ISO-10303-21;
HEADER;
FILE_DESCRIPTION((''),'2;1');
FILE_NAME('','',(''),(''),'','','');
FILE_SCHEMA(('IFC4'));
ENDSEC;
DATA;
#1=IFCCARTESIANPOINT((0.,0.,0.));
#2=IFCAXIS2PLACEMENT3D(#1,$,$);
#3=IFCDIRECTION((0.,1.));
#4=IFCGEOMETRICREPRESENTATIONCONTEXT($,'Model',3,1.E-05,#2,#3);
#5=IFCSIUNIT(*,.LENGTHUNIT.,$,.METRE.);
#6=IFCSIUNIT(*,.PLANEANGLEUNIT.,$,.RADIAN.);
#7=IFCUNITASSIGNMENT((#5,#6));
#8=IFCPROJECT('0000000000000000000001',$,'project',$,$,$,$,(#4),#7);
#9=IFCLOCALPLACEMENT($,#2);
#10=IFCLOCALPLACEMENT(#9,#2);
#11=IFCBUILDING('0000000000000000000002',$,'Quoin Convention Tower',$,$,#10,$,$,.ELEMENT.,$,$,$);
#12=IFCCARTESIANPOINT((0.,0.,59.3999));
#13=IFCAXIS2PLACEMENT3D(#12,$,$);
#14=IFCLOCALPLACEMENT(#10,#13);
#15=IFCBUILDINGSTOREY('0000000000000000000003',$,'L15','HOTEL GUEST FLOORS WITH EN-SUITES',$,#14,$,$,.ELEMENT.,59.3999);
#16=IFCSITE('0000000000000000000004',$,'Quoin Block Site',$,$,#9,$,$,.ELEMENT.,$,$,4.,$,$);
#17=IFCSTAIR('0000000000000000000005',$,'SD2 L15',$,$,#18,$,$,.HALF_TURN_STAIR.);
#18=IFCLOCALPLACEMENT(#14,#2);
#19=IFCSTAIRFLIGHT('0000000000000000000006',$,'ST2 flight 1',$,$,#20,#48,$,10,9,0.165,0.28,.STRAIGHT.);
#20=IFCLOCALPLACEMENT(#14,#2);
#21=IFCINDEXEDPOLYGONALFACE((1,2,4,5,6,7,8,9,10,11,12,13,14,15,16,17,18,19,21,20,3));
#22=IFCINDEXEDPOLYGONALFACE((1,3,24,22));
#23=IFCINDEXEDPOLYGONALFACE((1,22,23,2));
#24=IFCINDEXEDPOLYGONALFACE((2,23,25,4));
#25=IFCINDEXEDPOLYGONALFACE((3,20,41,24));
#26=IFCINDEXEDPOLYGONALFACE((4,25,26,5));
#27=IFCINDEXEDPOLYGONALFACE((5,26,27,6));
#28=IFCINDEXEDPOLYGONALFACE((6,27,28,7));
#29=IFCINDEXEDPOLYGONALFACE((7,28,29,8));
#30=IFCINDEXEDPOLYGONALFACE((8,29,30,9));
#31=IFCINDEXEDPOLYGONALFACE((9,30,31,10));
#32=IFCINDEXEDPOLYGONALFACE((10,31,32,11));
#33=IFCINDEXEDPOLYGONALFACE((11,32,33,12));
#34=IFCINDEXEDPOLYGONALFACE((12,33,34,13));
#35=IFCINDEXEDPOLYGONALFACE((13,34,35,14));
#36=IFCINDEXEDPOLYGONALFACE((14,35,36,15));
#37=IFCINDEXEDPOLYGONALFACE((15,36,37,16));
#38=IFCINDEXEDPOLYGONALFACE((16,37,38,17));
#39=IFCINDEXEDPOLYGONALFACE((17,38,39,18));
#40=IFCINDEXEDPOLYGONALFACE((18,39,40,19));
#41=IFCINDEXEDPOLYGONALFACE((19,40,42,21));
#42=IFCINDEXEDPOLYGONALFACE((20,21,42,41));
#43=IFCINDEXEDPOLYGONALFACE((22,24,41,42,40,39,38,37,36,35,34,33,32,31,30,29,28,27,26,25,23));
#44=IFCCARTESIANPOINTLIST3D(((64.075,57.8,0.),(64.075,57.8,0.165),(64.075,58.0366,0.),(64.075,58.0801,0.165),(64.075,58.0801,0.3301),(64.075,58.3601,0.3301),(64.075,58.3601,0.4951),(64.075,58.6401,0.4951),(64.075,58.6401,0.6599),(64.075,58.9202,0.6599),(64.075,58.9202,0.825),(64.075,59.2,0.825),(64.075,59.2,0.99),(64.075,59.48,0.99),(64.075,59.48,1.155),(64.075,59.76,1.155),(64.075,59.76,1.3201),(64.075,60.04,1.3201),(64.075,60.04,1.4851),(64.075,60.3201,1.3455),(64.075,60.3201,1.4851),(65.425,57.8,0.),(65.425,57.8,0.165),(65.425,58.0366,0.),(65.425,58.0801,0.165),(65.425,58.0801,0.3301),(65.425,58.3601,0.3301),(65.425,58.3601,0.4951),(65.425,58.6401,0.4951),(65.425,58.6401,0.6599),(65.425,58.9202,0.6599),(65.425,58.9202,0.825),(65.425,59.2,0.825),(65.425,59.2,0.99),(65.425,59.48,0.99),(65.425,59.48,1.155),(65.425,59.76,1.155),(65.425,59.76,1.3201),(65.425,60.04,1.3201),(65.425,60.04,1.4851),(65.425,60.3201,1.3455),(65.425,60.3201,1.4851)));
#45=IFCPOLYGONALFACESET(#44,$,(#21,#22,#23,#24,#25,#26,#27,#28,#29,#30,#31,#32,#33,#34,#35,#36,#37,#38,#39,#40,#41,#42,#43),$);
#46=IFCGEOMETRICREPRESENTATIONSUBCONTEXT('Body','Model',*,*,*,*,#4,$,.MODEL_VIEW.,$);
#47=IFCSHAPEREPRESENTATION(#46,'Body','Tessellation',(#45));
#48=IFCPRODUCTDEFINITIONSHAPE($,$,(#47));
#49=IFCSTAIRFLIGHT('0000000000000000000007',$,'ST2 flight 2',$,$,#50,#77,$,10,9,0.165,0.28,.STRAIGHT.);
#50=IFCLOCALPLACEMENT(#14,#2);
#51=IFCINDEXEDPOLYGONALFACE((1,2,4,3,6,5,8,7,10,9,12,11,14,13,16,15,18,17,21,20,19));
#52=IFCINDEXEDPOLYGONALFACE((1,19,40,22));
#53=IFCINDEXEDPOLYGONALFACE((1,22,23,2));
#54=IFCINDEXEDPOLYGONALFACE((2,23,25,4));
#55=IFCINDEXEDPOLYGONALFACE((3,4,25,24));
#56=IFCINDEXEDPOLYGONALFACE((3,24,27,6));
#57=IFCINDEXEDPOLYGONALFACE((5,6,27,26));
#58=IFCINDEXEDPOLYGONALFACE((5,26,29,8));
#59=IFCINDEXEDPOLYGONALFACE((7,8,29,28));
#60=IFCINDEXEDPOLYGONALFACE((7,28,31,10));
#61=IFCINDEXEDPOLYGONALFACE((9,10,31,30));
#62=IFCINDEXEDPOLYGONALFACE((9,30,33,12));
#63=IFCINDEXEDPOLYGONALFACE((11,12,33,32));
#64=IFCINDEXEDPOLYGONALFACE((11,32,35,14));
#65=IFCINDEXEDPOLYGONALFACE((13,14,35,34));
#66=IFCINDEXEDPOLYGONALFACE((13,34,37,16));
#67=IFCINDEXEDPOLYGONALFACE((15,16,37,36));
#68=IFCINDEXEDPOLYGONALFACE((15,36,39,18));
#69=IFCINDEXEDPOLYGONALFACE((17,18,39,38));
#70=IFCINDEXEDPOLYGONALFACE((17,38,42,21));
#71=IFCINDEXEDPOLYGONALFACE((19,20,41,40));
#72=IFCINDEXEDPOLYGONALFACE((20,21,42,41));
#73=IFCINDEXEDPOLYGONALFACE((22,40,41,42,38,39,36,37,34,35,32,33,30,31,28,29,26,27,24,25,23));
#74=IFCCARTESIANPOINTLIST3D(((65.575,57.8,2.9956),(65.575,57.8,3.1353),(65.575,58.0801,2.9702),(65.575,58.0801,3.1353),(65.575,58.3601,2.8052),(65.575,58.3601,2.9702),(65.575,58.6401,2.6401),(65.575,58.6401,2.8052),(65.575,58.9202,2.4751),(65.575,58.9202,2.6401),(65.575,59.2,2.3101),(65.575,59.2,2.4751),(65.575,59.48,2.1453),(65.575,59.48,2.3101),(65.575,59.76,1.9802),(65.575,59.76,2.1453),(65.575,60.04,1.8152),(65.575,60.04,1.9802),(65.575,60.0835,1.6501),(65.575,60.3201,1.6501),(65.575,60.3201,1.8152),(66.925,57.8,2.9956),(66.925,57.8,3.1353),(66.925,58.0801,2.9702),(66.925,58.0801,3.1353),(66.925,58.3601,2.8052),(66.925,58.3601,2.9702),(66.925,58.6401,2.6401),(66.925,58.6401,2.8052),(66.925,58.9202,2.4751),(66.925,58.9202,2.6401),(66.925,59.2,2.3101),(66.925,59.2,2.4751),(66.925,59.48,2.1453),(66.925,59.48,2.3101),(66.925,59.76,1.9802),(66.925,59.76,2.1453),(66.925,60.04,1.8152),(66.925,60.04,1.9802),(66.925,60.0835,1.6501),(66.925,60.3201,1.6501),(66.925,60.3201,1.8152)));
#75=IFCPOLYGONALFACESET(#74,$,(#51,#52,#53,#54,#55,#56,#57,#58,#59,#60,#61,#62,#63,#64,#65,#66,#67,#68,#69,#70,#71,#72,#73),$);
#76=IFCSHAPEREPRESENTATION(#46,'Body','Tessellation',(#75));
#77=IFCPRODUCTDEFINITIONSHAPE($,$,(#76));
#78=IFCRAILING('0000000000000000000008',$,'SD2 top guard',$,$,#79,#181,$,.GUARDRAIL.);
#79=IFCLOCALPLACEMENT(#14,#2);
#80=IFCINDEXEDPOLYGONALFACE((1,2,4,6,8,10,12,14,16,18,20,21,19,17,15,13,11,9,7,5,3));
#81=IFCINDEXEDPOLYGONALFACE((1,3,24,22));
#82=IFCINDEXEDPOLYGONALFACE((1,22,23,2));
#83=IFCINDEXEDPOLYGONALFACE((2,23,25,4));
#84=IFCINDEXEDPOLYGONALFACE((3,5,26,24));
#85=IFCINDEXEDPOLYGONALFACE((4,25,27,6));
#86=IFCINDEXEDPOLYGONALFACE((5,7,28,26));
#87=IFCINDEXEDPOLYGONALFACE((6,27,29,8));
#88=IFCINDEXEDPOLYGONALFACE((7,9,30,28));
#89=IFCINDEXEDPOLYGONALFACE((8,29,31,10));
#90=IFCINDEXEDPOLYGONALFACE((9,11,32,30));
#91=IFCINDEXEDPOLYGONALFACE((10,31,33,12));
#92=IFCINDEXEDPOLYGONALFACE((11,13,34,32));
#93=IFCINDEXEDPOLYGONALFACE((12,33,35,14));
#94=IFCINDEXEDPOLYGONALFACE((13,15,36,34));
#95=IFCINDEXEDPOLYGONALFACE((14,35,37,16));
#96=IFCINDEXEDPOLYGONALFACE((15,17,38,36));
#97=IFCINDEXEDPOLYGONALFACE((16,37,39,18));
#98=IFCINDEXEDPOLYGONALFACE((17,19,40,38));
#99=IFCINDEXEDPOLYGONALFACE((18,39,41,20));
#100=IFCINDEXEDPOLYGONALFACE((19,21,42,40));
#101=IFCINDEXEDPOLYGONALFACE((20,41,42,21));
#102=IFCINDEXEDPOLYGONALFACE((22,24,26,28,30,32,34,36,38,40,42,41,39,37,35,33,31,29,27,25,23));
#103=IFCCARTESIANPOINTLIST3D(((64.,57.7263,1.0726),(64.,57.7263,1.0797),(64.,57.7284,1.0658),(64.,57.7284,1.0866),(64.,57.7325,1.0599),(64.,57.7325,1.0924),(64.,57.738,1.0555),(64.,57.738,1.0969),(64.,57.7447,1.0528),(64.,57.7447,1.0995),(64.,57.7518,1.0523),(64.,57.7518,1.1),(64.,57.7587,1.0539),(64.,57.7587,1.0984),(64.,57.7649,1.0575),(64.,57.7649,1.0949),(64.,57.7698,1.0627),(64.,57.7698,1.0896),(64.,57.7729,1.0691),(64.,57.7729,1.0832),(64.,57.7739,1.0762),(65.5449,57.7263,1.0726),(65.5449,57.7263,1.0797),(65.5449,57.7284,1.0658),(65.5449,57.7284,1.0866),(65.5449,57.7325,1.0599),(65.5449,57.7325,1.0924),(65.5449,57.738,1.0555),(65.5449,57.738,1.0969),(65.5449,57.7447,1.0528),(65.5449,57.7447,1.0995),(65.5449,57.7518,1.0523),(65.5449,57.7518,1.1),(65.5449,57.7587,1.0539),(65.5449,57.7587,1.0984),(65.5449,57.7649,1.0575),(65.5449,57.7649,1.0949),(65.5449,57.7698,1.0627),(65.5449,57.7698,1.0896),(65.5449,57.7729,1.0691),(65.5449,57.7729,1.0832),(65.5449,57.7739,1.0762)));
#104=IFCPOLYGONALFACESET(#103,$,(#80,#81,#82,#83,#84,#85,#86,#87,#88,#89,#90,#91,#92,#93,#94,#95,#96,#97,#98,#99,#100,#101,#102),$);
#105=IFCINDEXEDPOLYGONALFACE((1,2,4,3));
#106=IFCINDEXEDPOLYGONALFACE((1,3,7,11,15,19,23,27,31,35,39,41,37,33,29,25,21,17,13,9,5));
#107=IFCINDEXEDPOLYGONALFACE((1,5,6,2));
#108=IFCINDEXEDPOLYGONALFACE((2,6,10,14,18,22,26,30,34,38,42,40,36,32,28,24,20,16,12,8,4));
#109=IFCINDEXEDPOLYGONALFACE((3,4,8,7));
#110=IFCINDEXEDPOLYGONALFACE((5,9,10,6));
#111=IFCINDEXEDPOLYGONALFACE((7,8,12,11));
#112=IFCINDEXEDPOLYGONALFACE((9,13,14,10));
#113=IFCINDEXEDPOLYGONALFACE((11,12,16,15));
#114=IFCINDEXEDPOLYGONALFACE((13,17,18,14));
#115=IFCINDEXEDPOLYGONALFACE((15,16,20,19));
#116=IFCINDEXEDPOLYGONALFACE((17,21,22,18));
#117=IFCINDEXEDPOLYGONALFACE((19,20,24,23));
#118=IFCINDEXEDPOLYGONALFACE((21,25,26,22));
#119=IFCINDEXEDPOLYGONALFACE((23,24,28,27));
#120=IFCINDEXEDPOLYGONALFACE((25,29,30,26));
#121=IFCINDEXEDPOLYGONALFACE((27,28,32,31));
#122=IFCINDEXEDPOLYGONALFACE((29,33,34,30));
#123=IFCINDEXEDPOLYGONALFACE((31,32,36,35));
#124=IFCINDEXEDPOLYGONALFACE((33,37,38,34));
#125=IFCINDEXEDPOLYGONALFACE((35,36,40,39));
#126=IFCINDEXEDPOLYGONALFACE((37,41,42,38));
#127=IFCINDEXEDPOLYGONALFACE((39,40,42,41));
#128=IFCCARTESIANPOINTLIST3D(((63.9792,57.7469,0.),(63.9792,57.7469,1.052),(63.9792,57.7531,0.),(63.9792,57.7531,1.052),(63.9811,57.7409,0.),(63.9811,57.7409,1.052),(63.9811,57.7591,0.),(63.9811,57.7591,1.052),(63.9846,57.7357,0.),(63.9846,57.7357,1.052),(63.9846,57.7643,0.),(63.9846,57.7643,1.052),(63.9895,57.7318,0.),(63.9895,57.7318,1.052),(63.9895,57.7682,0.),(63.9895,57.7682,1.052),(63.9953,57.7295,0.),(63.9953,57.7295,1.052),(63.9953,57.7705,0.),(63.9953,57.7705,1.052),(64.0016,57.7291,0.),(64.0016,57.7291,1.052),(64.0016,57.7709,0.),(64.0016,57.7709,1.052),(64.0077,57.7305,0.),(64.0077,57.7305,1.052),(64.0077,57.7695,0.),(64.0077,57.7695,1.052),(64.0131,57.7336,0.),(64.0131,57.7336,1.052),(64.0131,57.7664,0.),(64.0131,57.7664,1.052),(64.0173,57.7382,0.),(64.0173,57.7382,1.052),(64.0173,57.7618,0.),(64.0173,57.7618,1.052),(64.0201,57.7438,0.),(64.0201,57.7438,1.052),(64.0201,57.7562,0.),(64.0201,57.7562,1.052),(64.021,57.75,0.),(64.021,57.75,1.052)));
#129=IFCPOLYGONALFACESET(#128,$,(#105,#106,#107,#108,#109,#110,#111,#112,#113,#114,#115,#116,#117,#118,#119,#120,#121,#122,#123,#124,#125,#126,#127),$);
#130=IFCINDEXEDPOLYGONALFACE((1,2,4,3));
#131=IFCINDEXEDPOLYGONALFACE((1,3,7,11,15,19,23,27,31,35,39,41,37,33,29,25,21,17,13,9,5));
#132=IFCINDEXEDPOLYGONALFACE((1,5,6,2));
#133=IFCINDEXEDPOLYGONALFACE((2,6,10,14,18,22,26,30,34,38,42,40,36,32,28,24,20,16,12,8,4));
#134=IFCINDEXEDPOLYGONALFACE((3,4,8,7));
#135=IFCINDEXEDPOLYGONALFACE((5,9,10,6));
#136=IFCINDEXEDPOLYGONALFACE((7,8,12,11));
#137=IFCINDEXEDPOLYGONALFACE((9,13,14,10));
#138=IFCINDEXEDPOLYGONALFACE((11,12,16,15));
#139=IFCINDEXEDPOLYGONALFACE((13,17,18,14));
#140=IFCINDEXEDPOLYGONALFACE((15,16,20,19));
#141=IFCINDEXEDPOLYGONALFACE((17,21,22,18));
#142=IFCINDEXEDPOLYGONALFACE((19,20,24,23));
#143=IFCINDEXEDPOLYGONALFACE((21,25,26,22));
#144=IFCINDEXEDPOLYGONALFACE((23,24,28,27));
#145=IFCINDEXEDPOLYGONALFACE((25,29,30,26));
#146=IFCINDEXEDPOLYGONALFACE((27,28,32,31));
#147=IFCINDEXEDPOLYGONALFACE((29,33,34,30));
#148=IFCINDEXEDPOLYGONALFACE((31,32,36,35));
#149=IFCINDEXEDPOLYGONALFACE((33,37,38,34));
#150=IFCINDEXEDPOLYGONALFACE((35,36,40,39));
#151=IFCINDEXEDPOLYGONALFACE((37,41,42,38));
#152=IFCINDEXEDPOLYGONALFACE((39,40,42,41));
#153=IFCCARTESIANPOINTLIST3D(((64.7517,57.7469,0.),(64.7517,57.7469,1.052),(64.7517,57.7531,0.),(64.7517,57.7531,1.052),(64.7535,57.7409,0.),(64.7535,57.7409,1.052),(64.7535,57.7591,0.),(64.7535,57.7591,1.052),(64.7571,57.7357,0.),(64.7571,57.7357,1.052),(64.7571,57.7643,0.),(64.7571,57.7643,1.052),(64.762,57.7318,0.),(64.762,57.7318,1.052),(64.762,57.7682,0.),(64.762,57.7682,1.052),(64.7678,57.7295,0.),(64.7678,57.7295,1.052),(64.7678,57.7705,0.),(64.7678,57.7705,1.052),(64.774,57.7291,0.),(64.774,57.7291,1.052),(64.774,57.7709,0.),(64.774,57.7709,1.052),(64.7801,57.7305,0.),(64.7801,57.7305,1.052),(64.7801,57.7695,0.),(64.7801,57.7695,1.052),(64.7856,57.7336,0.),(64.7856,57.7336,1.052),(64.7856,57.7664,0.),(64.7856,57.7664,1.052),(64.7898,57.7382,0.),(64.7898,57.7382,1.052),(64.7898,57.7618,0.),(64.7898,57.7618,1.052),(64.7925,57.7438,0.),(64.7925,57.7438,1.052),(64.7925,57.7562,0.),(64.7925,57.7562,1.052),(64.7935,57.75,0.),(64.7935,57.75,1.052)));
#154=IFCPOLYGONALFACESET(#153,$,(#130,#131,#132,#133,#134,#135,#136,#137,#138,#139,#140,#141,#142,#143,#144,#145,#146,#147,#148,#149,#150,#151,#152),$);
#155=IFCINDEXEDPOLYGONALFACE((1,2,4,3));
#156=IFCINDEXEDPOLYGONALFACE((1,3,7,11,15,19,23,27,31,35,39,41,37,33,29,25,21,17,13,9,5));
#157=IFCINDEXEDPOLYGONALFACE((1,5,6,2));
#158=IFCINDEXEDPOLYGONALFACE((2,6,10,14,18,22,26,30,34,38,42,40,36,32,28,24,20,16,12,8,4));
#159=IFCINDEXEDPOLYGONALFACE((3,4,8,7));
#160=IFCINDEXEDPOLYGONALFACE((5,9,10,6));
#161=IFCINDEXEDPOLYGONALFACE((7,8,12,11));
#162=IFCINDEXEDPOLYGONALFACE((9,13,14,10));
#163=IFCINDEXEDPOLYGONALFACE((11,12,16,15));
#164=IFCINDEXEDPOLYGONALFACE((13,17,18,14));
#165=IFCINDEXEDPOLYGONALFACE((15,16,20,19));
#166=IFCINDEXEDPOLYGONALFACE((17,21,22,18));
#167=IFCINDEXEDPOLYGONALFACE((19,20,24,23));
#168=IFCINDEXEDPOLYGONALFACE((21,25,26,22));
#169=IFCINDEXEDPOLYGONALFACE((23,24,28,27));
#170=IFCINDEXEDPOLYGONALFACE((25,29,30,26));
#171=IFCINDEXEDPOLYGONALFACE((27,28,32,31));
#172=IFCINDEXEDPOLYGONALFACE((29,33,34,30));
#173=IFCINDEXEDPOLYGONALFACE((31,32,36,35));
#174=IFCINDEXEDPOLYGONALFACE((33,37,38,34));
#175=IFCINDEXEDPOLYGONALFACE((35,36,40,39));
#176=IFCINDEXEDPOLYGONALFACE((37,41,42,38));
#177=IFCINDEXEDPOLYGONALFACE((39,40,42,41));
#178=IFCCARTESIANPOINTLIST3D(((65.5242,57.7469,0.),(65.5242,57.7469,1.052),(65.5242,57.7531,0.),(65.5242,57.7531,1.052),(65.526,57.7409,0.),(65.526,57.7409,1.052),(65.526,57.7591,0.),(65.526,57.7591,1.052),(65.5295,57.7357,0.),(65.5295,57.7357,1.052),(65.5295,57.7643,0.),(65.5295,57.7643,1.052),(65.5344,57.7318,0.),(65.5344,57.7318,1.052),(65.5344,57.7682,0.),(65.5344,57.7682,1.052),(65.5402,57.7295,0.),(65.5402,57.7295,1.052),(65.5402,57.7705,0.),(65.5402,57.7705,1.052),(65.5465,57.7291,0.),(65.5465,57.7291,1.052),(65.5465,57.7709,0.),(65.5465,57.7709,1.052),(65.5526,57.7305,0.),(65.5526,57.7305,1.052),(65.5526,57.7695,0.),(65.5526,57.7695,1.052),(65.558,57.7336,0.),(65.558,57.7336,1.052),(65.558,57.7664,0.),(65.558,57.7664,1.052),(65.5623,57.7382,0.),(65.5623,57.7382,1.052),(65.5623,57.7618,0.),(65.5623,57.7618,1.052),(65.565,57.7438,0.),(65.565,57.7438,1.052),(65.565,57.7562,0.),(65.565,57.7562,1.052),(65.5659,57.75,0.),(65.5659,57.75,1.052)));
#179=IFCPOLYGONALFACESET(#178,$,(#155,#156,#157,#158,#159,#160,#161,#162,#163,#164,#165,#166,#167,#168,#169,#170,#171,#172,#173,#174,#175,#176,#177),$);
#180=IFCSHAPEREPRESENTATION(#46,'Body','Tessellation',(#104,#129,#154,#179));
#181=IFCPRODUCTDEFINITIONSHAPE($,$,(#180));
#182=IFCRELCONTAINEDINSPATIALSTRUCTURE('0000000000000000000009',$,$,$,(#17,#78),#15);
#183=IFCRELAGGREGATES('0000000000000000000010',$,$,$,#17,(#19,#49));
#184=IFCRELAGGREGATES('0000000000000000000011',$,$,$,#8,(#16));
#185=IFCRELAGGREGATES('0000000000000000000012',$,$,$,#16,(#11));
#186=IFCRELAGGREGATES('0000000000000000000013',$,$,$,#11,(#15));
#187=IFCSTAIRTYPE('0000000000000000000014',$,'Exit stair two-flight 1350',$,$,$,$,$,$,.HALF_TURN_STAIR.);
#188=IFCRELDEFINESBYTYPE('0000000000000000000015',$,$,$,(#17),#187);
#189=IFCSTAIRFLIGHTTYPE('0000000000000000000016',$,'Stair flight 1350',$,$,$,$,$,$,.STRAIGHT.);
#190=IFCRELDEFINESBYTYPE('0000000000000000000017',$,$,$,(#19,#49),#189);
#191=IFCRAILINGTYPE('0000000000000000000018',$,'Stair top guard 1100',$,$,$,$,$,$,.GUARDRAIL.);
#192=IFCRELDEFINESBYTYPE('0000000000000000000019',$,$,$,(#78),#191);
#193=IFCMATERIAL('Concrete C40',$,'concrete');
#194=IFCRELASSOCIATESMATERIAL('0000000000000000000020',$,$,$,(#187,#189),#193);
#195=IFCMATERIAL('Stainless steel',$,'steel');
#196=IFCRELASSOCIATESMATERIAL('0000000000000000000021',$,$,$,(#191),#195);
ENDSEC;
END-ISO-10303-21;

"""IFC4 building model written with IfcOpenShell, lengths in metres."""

from ifc_helpers import new_model, si_unit, direction, frame, origin, origin_2d, place, context, subcontext, project, spatial, polyline, circle, outline, extrude, material, type_object, element, aggregate, save


model = new_model("IFC4")

# Units and contexts
model_context = context("Model", 3, precision=1e-05, world=origin(), true_north=direction((0.0, 1.0)))
body_context = subcontext(model_context, "Body", "Model", "MODEL_VIEW")
ifc_project = project(units=[si_unit("LENGTHUNIT", "METRE"), si_unit("PLANEANGLEUNIT", "RADIAN")], contexts=[model_context])

# Site, building, storey
site_placement = place(None, origin())
site = spatial("IfcSite", under=ifc_project, at=site_placement, Name="Quoin Block Site", CompositionType="ELEMENT", RefElevation=4.0)
building_placement = place(site_placement, origin())
building = spatial("IfcBuilding", under=site, at=building_placement, Name="Quoin Convention Tower", CompositionType="ELEMENT")
storey_placement = place(building_placement, frame((0.0, 0.0, 59.3999)))
storey = spatial("IfcBuildingStorey", under=building, at=storey_placement, Name="L15", Description="HOTEL GUEST FLOORS WITH EN-SUITES", CompositionType="ELEMENT", Elevation=59.3999)

# Stair, stair flights
ifc_material_1 = material(Name="Concrete C40", Category="concrete")
stair_type = type_object("IfcStairType", Name="Exit stair two-flight 1350", PredefinedType="HALF_TURN_STAIR", material=ifc_material_1)
stair_placement = place(storey_placement, origin())
stair = element("IfcStair", 1, at=stair_placement, inside=storey, type_object=stair_type, Name="SD2 L15", PredefinedType="HALF_TURN_STAIR")
stair_flight_type = type_object("IfcStairFlightType", Name="Stair flight 1350", PredefinedType="STRAIGHT", material=ifc_material_1)
stair_flight_1_placement = place(storey_placement, frame((64.75, 57.8, 0.0), z_axis=(0.0, 0.0, 1.0), x_axis=(0.0, 1.0, 0.0)))
stair_flight_1 = element("IfcStairFlight", 2, at=stair_flight_1_placement, type_object=stair_flight_type, Name="ST2 flight 1", NumberOfRisers=10, NumberOfTreads=9, PredefinedType="STRAIGHT", RiserHeight=0.165, TreadLength=0.28, context=body_context, shape_type="SweptSolid", body=[
    extrude(outline(polyline([(0.0, 0.0), (0.0, 0.165), (0.28, 0.165), (0.28, 0.3301), (0.5601, 0.3301), (0.5601, 0.4951), (0.8401, 0.4951), (0.8401, 0.6599), (1.1201, 0.6599), (1.1201, 0.825), (1.3999, 0.825), (1.3999, 0.99), (1.6799, 0.99), (1.6799, 1.155), (1.96, 1.155), (1.96, 1.3201), (2.24, 1.3201), (2.24, 1.4851), (2.52, 1.4851), (2.52, 1.6499), (2.52, 1.3455), (0.2366, 0.0), (0.0, 0.0)])), frame((0.0, 0.675, 0.0), z_axis=(0.0, -1.0, 0.0), x_axis=(1.0, 0.0, 0.0)), (0.0, 0.0, 1.0), 1.3501),
])
stair_flight_2_placement = place(storey_placement, frame((66.25, 60.3201, 1.6501), z_axis=(0.0, 0.0, 1.0), x_axis=(0.0, -1.0, 0.0)))
stair_flight_2 = element("IfcStairFlight", 3, at=stair_flight_2_placement, type_object=stair_flight_type, Name="ST2 flight 2", NumberOfRisers=10, NumberOfTreads=9, PredefinedType="STRAIGHT", RiserHeight=0.165, TreadLength=0.28, context=body_context, shape_type="SweptSolid", body=[
    extrude(outline(polyline([(0.0, 0.0), (0.0, 0.165), (0.28, 0.165), (0.28, 0.3301), (0.5601, 0.3301), (0.5601, 0.4951), (0.8401, 0.4951), (0.8401, 0.6599), (1.1201, 0.6599), (1.1201, 0.825), (1.3999, 0.825), (1.3999, 0.99), (1.6799, 0.99), (1.6799, 1.155), (1.96, 1.155), (1.96, 1.3201), (2.24, 1.3201), (2.24, 1.4851), (2.52, 1.4851), (2.52, 1.6499), (2.52, 1.3455), (0.2366, 0.0), (0.0, 0.0)])), frame((0.0, 0.675, 0.0), z_axis=(0.0, -1.0, 0.0), x_axis=(1.0, 0.0, 0.0)), (0.0, 0.0, 1.0), 1.3501),
])
aggregate(stair, [stair_flight_1, stair_flight_2])

# Railing
ifc_material_2 = material(Name="Stainless steel", Category="steel")
railing_type_1 = type_object("IfcRailingType", Name="Stair top guard 1100", PredefinedType="GUARDRAIL", material=ifc_material_2)
railing_1_placement = place(storey_placement, frame((64.0, 57.75, 0.0)))
element("IfcRailing", 4, at=railing_1_placement, inside=storey, type_object=railing_type_1, Name="SD2 top guard", PredefinedType="GUARDRAIL", context=body_context, shape_type="SweptSolid", body=[
    extrude(circle(Radius=0.0239, at=origin_2d()), frame((0.0, 0.0, 1.0762), z_axis=(1.0, 0.0, 0.0), x_axis=(0.0, 1.0, 0.0)), (0.0, 0.0, 1.0), 1.5449),
    extrude(circle(Radius=0.021, at=origin_2d()), origin(), (0.0, 0.0, 1.0), 1.052),
    extrude(circle(Radius=0.021, at=origin_2d()), frame((0.7725, 0.0, 0.0)), (0.0, 0.0, 1.0), 1.052),
    extrude(circle(Radius=0.021, at=origin_2d()), frame((1.5449, 0.0, 0.0)), (0.0, 0.0, 1.0), 1.052),
])

save(model, "model.ifc")
